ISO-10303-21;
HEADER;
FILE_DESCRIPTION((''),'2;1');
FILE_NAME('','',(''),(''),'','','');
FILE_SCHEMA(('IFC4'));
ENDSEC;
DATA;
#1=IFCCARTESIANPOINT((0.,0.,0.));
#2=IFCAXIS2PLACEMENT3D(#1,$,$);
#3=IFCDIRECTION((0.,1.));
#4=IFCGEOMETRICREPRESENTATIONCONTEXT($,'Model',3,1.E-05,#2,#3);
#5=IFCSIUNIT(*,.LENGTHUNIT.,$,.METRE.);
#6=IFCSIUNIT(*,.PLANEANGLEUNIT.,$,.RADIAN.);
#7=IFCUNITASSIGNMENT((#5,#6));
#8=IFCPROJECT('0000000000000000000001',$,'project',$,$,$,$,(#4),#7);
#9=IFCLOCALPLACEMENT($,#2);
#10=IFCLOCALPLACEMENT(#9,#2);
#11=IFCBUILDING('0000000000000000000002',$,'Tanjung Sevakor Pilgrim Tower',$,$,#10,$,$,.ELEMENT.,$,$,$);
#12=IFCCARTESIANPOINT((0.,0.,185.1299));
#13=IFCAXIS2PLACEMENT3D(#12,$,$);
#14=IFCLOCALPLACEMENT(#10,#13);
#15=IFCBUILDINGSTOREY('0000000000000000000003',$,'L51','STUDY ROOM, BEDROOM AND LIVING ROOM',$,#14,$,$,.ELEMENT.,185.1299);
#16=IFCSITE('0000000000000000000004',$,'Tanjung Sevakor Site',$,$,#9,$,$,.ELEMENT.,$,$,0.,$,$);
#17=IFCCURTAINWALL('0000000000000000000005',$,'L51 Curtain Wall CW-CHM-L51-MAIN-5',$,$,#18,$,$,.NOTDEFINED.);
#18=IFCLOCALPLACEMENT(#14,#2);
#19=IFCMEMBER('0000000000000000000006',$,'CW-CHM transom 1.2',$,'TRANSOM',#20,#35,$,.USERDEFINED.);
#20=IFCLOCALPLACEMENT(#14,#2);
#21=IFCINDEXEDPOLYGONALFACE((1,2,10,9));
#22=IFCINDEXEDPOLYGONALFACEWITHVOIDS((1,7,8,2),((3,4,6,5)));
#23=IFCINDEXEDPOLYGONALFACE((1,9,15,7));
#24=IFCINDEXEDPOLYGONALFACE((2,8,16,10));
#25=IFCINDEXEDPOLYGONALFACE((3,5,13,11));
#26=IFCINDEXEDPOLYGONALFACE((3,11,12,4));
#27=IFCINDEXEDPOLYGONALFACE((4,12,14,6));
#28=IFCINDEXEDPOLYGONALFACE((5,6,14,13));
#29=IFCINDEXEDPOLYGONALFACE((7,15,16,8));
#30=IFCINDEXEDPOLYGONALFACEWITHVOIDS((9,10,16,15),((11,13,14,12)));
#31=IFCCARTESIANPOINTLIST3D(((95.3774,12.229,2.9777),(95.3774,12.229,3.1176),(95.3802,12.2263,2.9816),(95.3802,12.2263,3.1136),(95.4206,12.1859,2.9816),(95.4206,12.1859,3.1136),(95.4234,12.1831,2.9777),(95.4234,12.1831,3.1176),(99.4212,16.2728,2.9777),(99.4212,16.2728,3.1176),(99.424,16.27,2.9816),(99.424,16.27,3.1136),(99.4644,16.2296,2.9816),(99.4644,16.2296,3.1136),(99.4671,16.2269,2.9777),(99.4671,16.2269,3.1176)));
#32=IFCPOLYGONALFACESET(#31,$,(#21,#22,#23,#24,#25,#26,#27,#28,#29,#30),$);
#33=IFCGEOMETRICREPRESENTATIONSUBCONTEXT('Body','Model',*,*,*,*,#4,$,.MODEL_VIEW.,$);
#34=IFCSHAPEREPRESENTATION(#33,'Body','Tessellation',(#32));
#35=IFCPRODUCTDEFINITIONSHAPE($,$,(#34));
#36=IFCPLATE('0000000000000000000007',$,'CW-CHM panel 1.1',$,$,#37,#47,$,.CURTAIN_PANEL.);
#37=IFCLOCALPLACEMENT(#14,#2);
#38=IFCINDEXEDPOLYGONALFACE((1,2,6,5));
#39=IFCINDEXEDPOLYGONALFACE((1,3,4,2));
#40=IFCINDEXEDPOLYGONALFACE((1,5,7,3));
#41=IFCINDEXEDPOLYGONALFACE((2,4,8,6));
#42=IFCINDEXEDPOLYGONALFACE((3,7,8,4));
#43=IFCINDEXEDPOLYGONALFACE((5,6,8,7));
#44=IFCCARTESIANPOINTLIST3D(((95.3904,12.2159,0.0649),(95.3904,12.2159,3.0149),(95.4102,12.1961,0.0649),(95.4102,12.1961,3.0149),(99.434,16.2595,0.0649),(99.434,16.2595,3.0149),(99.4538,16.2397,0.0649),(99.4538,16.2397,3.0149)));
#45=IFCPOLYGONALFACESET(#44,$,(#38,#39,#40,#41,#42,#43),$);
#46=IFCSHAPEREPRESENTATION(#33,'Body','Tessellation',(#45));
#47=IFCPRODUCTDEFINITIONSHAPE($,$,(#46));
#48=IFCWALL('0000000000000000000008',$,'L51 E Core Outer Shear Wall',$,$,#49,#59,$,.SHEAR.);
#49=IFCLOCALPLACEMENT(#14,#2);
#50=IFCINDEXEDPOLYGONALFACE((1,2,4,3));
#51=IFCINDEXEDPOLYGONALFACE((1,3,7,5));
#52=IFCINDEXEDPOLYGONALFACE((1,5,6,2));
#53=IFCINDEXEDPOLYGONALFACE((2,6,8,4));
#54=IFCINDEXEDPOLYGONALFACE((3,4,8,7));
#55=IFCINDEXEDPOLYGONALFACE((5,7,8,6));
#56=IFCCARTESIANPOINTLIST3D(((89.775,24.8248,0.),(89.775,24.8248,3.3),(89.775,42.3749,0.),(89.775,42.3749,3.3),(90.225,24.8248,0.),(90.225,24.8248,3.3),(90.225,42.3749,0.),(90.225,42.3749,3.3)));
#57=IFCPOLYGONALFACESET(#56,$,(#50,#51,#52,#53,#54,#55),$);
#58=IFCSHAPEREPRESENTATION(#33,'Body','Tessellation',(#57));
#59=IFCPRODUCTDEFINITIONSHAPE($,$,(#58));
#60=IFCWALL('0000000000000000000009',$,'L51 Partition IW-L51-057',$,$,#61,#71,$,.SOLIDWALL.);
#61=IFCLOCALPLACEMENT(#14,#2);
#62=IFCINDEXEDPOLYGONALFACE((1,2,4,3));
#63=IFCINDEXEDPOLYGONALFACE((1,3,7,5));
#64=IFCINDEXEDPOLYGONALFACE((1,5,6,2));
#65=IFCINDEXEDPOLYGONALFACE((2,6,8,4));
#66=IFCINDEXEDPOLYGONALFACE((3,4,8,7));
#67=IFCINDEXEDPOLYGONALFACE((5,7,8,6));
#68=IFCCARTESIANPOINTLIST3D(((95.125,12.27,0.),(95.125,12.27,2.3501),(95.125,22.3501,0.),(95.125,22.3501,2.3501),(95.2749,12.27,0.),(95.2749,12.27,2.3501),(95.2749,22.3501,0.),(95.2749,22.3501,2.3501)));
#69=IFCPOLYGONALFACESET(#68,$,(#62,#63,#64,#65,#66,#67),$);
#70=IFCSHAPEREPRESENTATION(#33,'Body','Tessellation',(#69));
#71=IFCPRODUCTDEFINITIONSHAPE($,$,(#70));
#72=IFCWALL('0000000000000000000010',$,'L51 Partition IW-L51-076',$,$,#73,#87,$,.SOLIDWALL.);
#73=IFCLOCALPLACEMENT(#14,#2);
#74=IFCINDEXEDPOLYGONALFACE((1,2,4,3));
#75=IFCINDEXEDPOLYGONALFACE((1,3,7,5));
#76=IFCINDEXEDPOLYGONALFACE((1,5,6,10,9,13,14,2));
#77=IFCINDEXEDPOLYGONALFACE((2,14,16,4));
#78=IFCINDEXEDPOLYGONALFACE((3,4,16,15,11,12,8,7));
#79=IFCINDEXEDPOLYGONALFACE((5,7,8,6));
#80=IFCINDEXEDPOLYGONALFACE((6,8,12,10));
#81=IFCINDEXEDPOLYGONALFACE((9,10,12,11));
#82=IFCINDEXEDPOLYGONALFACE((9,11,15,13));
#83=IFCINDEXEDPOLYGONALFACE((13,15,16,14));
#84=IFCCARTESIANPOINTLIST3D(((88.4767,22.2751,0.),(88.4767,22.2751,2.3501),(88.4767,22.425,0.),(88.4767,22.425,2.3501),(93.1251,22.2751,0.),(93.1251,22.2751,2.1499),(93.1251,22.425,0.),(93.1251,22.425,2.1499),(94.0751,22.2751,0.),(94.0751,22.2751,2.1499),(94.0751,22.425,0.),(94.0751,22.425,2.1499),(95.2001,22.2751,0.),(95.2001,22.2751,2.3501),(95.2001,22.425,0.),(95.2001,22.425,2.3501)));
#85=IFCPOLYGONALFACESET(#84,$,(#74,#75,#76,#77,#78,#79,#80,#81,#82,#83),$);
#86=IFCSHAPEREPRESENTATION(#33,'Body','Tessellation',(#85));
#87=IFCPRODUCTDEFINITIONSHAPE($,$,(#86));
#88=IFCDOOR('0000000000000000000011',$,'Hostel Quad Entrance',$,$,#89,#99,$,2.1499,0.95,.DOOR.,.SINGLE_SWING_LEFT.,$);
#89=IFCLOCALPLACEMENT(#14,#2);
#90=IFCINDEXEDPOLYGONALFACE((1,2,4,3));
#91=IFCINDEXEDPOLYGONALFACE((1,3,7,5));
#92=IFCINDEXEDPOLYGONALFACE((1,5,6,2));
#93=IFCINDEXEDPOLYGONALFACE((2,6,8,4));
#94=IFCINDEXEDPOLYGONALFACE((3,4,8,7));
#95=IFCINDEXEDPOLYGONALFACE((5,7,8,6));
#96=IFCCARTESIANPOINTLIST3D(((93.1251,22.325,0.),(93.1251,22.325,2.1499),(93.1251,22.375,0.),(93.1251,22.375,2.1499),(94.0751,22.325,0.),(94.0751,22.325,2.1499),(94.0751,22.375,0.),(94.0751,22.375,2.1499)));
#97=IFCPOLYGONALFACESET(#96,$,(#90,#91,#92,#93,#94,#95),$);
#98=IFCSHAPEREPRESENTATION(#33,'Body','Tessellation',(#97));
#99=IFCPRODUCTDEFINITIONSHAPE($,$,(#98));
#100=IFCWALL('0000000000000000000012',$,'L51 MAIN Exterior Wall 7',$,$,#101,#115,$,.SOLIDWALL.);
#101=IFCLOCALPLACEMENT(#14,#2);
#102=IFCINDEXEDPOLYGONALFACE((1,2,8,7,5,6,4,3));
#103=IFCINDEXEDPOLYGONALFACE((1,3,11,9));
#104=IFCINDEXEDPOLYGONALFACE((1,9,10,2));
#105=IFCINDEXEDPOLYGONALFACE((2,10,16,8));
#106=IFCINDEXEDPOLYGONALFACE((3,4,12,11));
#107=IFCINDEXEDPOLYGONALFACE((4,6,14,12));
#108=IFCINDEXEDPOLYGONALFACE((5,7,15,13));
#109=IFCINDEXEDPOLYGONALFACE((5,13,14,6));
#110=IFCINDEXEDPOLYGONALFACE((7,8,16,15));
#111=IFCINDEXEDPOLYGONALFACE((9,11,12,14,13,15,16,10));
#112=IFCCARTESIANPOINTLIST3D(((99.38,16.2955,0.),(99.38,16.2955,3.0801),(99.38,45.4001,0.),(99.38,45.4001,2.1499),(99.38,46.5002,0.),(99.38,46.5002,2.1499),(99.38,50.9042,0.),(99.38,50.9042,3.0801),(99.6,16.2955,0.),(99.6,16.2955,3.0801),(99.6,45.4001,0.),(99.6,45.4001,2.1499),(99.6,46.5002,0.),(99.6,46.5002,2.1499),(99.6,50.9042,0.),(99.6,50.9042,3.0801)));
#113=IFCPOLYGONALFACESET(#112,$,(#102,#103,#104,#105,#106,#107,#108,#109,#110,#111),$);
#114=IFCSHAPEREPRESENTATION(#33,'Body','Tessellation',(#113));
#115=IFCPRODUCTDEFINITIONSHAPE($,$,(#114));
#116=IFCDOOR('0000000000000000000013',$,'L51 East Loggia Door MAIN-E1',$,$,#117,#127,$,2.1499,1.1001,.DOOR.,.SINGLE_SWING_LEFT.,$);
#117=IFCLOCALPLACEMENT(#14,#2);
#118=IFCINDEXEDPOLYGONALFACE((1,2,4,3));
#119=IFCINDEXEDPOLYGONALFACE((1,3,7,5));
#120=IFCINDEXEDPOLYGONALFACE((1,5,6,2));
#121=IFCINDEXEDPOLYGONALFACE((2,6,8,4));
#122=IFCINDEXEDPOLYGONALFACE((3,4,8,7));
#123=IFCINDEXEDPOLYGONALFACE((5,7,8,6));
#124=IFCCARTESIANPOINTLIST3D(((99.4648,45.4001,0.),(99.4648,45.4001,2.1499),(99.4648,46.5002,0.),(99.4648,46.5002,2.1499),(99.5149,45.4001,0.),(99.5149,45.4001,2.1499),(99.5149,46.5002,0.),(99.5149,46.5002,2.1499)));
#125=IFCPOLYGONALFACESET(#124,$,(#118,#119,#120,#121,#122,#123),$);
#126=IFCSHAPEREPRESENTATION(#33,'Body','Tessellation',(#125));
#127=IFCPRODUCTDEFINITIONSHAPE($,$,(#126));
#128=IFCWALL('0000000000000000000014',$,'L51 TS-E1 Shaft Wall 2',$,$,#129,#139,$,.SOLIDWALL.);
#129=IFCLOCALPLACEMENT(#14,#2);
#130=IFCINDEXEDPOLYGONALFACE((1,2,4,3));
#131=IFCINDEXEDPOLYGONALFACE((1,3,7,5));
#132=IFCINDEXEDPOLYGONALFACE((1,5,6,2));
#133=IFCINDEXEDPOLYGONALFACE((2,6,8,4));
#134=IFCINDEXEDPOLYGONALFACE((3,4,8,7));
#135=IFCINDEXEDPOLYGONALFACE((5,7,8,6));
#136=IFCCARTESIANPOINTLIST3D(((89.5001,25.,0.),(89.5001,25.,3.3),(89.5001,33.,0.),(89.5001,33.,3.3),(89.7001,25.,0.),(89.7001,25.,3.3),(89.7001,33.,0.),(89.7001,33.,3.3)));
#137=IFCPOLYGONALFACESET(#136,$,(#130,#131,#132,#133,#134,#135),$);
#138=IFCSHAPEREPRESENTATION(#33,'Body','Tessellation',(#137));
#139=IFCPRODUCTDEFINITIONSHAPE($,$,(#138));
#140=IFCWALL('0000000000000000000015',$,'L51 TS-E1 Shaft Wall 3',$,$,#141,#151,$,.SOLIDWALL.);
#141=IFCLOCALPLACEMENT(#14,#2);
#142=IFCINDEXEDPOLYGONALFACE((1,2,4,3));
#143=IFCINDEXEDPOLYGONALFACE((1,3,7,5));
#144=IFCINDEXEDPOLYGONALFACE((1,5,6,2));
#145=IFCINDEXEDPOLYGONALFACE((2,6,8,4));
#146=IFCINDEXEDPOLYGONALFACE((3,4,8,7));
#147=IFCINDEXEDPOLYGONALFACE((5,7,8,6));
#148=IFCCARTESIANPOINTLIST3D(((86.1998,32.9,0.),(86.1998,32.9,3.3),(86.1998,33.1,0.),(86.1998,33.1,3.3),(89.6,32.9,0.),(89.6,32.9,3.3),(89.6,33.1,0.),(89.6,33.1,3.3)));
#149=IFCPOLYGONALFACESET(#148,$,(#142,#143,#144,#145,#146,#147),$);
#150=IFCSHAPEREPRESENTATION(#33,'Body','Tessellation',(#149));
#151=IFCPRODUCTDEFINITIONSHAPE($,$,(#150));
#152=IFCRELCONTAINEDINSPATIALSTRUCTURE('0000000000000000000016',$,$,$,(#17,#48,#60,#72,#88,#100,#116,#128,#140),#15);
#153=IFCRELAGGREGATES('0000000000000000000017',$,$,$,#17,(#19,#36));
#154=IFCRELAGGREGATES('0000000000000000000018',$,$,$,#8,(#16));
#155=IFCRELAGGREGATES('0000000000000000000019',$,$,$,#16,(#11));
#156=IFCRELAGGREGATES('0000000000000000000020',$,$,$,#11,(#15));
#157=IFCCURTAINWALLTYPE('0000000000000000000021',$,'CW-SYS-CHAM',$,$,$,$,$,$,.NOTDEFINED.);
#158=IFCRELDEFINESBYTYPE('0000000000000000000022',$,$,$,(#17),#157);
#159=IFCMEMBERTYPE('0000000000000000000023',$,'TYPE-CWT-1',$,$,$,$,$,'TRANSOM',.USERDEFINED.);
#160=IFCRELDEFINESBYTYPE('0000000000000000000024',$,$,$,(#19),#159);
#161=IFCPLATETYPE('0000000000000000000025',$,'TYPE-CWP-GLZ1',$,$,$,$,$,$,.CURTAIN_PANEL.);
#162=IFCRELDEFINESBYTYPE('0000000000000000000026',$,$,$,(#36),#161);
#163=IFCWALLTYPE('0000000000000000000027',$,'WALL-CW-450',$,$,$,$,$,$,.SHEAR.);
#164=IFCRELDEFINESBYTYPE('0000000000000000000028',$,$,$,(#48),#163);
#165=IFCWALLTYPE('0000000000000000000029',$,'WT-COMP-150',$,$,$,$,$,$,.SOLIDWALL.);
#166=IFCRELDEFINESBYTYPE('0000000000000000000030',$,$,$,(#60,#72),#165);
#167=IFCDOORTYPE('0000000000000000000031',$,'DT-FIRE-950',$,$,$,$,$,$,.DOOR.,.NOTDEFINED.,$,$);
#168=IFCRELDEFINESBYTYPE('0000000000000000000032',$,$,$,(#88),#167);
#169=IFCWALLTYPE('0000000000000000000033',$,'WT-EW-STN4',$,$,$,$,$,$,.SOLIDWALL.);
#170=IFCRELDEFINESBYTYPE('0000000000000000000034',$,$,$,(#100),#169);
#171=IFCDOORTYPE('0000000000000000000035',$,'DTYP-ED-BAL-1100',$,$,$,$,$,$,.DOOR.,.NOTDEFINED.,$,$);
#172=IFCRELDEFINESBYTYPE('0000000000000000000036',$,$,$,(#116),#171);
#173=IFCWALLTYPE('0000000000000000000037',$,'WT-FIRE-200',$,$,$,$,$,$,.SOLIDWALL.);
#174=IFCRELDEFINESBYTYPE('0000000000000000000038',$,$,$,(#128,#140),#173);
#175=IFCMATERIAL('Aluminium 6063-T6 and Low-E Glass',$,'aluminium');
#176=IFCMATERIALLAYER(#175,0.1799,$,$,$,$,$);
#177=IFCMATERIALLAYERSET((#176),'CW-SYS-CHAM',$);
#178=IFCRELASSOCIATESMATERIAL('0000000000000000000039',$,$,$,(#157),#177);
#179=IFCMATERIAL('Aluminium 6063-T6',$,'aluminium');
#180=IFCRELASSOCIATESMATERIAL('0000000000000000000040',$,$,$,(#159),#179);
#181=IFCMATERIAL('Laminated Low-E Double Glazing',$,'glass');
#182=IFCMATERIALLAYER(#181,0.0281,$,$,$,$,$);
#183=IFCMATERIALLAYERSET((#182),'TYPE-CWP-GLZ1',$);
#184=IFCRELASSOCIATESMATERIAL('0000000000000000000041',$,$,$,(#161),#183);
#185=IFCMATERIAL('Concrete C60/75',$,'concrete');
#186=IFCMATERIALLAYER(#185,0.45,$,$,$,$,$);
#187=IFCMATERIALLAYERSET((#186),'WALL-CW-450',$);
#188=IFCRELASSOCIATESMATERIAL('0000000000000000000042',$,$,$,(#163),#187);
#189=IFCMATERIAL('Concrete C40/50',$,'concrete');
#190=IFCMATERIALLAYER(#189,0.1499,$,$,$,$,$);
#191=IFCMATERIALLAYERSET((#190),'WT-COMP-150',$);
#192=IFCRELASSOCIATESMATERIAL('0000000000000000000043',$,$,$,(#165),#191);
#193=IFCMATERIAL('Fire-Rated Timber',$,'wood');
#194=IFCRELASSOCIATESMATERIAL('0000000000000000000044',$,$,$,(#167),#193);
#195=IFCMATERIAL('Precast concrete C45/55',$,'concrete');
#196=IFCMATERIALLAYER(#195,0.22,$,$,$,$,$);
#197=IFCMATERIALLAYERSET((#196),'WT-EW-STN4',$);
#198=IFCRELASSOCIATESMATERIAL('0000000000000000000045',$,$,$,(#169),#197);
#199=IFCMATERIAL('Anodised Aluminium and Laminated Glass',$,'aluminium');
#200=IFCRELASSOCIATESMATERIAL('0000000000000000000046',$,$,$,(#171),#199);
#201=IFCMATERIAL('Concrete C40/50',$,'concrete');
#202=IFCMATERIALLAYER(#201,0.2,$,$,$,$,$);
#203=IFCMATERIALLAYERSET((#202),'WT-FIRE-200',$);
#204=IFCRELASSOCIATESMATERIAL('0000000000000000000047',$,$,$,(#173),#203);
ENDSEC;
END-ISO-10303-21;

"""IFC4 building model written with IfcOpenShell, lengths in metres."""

from ifc_helpers import new_model, si_unit, direction, frame, frame_2d, origin, origin_2d, place, context, subcontext, project, spatial, rectangle, hollow_rectangle, extrude, material, layer, layer_set, material_profile, profile_set, type_object, element, fill, aggregate, save


model = new_model("IFC4")

# Units and contexts
model_context = context("Model", 3, precision=1e-05, world=origin(), true_north=direction((0.0, 1.0)))
body_context = subcontext(model_context, "Body", "Model", "MODEL_VIEW")
ifc_project = project(units=[si_unit("LENGTHUNIT", "METRE"), si_unit("PLANEANGLEUNIT", "RADIAN")], contexts=[model_context])

# Site, building, storey
site_placement = place(None, origin())
site = spatial("IfcSite", under=ifc_project, at=site_placement, Name="Tanjung Sevakor Site", CompositionType="ELEMENT", RefElevation=0.0)
building_placement = place(site_placement, origin())
building = spatial("IfcBuilding", under=site, at=building_placement, Name="Tanjung Sevakor Pilgrim Tower", CompositionType="ELEMENT")
storey_placement = place(building_placement, frame((0.0, 0.0, 185.1299)))
storey = spatial("IfcBuildingStorey", under=building, at=storey_placement, Name="L51", Description="STUDY ROOM, BEDROOM AND LIVING ROOM", CompositionType="ELEMENT", Elevation=185.1299)

# Curtain wall, member, plate
ifc_material_1 = material(Name="Aluminium 6063-T6 and Low-E Glass", Category="aluminium")
ifc_layer_1 = layer(ifc_material_1, 0.1799)
ifc_layer_set_1 = layer_set([ifc_layer_1], Name="CW-SYS-CHAM")
curtain_wall_type = type_object("IfcCurtainWallType", Name="CW-SYS-CHAM", PredefinedType="NOTDEFINED", material=ifc_layer_set_1)
curtain_wall_placement = place(storey_placement, origin())
curtain_wall = element("IfcCurtainWall", 1, at=curtain_wall_placement, inside=storey, type_object=curtain_wall_type, Name="L51 Curtain Wall CW-CHM-L51-MAIN-5", PredefinedType="NOTDEFINED")
ifc_material_2 = material(Name="Aluminium 6063-T6", Category="aluminium")
ifc_material_profile_1 = material_profile(ifc_material_2, hollow_rectangle(XDim=0.0649, YDim=0.1399, WallThickness=0.0039, at=origin_2d()))
ifc_profile_set_1 = profile_set([ifc_material_profile_1], Name="Aluminium 6063-T6")
member_type_1 = type_object("IfcMemberType", Name="TYPE-CWT-1", ElementType="TRANSOM", PredefinedType="USERDEFINED", material=ifc_profile_set_1)
member_1_placement = place(storey_placement, frame((95.4004, 12.2061, 3.0476), z_axis=(0.707107, 0.707107, 0.0), x_axis=(-0.707107, 0.707107, 0.0)))
member_1 = element("IfcMember", 2, at=member_1_placement, type_object=member_type_1, Name="CW-CHM transom 1.2", ObjectType="TRANSOM", PredefinedType="USERDEFINED", context=body_context, shape_type="SweptSolid", body=[
    extrude(hollow_rectangle(XDim=0.0649, YDim=0.1399, WallThickness=0.0039, at=origin_2d()), origin(), (0.0, 0.0, 1.0), 5.7188),
])
ifc_material_3 = material(Name="Laminated Low-E Double Glazing", Category="glass")
ifc_layer_2 = layer(ifc_material_3, 0.0281)
ifc_layer_set_2 = layer_set([ifc_layer_2], Name="TYPE-CWP-GLZ1")
plate_type = type_object("IfcPlateType", Name="TYPE-CWP-GLZ1", PredefinedType="CURTAIN_PANEL", material=ifc_layer_set_2)
plate_placement = place(storey_placement, frame((97.4221, 14.2278, 0.0649), z_axis=(0.0, 0.0, 1.0), x_axis=(0.707107, 0.707107, 0.0)))
plate = element("IfcPlate", 3, at=plate_placement, type_object=plate_type, Name="CW-CHM panel 1.1", PredefinedType="CURTAIN_PANEL", context=body_context, shape_type="SweptSolid", body=[
    extrude(rectangle(XDim=5.7185, YDim=0.0281, at=origin_2d()), origin(), (0.0, 0.0, 1.0), 2.95),
])
aggregate(curtain_wall, [member_1, plate])

# Walls
ifc_material_4 = material(Name="Concrete C60/75", Category="concrete")
ifc_layer_3 = layer(ifc_material_4, 0.45)
ifc_layer_set_3 = layer_set([ifc_layer_3], Name="WALL-CW-450")
wall_type_1 = type_object("IfcWallType", Name="WALL-CW-450", PredefinedType="SHEAR", material=ifc_layer_set_3)
wall_1_placement = place(storey_placement, frame((90.0, 24.825, 0.0), z_axis=(0.0, 0.0, 1.0), x_axis=(0.0, 1.0, 0.0)))
element("IfcWall", 4, at=wall_1_placement, inside=storey, type_object=wall_type_1, Name="L51 E Core Outer Shear Wall", PredefinedType="SHEAR", context=body_context, shape_type="SweptSolid", body=[
    extrude(rectangle(XDim=17.55, YDim=0.45, at=frame_2d((8.7749, 0.0))), origin(), (0.0, 0.0, 1.0), 3.3),
])
ifc_material_5 = material(Name="Concrete C40/50", Category="concrete")
ifc_layer_4 = layer(ifc_material_5, 0.1499)
ifc_layer_set_4 = layer_set([ifc_layer_4], Name="WT-COMP-150")
wall_type_2 = type_object("IfcWallType", Name="WT-COMP-150", PredefinedType="SOLIDWALL", material=ifc_layer_set_4)
wall_2_placement = place(storey_placement, frame((95.2, 12.27, 0.0), z_axis=(0.0, 0.0, 1.0), x_axis=(0.0, 1.0, 0.0)))
element("IfcWall", 5, at=wall_2_placement, inside=storey, type_object=wall_type_2, Name="L51 Partition IW-L51-057", PredefinedType="SOLIDWALL", context=body_context, shape_type="SweptSolid", body=[
    extrude(rectangle(XDim=10.0801, YDim=0.1499, at=frame_2d((5.04, 0.0))), origin(), (0.0, 0.0, 1.0), 2.3501),
])

# Walls, openings, doors
wall_3_placement = place(storey_placement, frame((88.4766, 22.3501, 0.0), z_axis=(0.0, 0.0, 1.0), x_axis=(1.0, 0.0, 0.0)))
wall_3 = element("IfcWall", 6, at=wall_3_placement, inside=storey, type_object=wall_type_2, Name="L51 Partition IW-L51-076", PredefinedType="SOLIDWALL", context=body_context, shape_type="SweptSolid", body=[
    extrude(rectangle(XDim=6.7234, YDim=0.1499, at=frame_2d((3.3618, 0.0))), origin(), (0.0, 0.0, 1.0), 2.3501),
])
opening_1_placement = place(wall_3_placement, frame((4.6484, 0.0, 0.0)))
opening_1 = element("IfcOpeningElement", 7, at=opening_1_placement, cuts=wall_3, PredefinedType="OPENING", context=body_context, shape_type="SweptSolid", body=[
    extrude(rectangle(XDim=0.95, YDim=2.1499, at=frame_2d((0.4751, 1.075))), frame((0.0, 0.085, 0.0), z_axis=(0.0, -1.0, 0.0), x_axis=(1.0, 0.0, 0.0)), (0.0, 0.0, 1.0), 0.1699),
])
ifc_material_6 = material(Name="Fire-Rated Timber", Category="wood")
door_type_1 = type_object("IfcDoorType", Name="DT-FIRE-950", OperationType="NOTDEFINED", PredefinedType="DOOR", material=ifc_material_6)
door_1_placement = place(opening_1_placement, origin())
door_1 = element("IfcDoor", 8, at=door_1_placement, inside=storey, type_object=door_type_1, Name="Hostel Quad Entrance", OperationType="SINGLE_SWING_LEFT", OverallHeight=2.1499, OverallWidth=0.95, PredefinedType="DOOR", context=body_context, shape_type="SweptSolid", body=[
    extrude(rectangle(XDim=0.95, YDim=2.1499, at=frame_2d((0.4751, 1.075))), frame((0.0, 0.0249, 0.0), z_axis=(0.0, -1.0, 0.0), x_axis=(1.0, 0.0, 0.0)), (0.0, 0.0, 1.0), 0.05),
])
fill(opening_1, door_1)
ifc_material_7 = material(Name="Precast concrete C45/55", Category="concrete")
ifc_layer_5 = layer(ifc_material_7, 0.22)
ifc_layer_set_5 = layer_set([ifc_layer_5], Name="WT-EW-STN4")
wall_type_3 = type_object("IfcWallType", Name="WT-EW-STN4", PredefinedType="SOLIDWALL", material=ifc_layer_set_5)
wall_4_placement = place(storey_placement, frame((99.49, 16.2957, 0.0), z_axis=(0.0, 0.0, 1.0), x_axis=(0.0, 1.0, 0.0)))
wall_4 = element("IfcWall", 9, at=wall_4_placement, inside=storey, type_object=wall_type_3, Name="L51 MAIN Exterior Wall 7", PredefinedType="SOLIDWALL", context=body_context, shape_type="SweptSolid", body=[
    extrude(rectangle(XDim=34.6086, YDim=0.22, at=frame_2d((17.3042, 0.0))), origin(), (0.0, 0.0, 1.0), 3.0801),
])
opening_2_placement = place(wall_4_placement, frame((29.1045, 0.0, 0.0)))
opening_2 = element("IfcOpeningElement", 10, at=opening_2_placement, cuts=wall_4, PredefinedType="OPENING", context=body_context, shape_type="SweptSolid", body=[
    extrude(rectangle(XDim=1.1001, YDim=2.1499, at=frame_2d((0.55, 1.075))), frame((0.0, 0.1199, 0.0), z_axis=(0.0, -1.0, 0.0), x_axis=(1.0, 0.0, 0.0)), (0.0, 0.0, 1.0), 0.24),
])
ifc_material_8 = material(Name="Anodised Aluminium and Laminated Glass", Category="aluminium")
door_type_2 = type_object("IfcDoorType", Name="DTYP-ED-BAL-1100", OperationType="NOTDEFINED", PredefinedType="DOOR", material=ifc_material_8)
door_2_placement = place(opening_2_placement, frame((1.1001, 0.0, 0.0), z_axis=(0.0, 0.0, 1.0), x_axis=(-1.0, 0.0, 0.0)))
door_2 = element("IfcDoor", 11, at=door_2_placement, inside=storey, type_object=door_type_2, Name="L51 East Loggia Door MAIN-E1", OperationType="SINGLE_SWING_LEFT", OverallHeight=2.1499, OverallWidth=1.1001, PredefinedType="DOOR", context=body_context, shape_type="SweptSolid", body=[
    extrude(rectangle(XDim=1.1001, YDim=2.1499, at=frame_2d((0.55, 1.075))), frame((0.0, 0.0249, 0.0), z_axis=(0.0, -1.0, 0.0), x_axis=(1.0, 0.0, 0.0)), (0.0, 0.0, 1.0), 0.05),
])
fill(opening_2, door_2)

# Walls
ifc_material_9 = material(Name="Concrete C40/50", Category="concrete")
ifc_layer_6 = layer(ifc_material_9, 0.2)
ifc_layer_set_6 = layer_set([ifc_layer_6], Name="WT-FIRE-200")
wall_type_4 = type_object("IfcWallType", Name="WT-FIRE-200", PredefinedType="SOLIDWALL", material=ifc_layer_set_6)
wall_5_placement = place(storey_placement, frame((89.6001, 25.0, 0.0), z_axis=(0.0, 0.0, 1.0), x_axis=(0.0, 1.0, 0.0)))
element("IfcWall", 12, at=wall_5_placement, inside=storey, type_object=wall_type_4, Name="L51 TS-E1 Shaft Wall 2", PredefinedType="SOLIDWALL", context=body_context, shape_type="SweptSolid", body=[
    extrude(rectangle(XDim=8.0, YDim=0.2, at=frame_2d((4.0, 0.0))), origin(), (0.0, 0.0, 1.0), 3.3),
])
wall_6_placement = place(storey_placement, frame((89.6001, 33.0, 0.0), z_axis=(0.0, 0.0, 1.0), x_axis=(-1.0, 0.0, 0.0)))
element("IfcWall", 13, at=wall_6_placement, inside=storey, type_object=wall_type_4, Name="L51 TS-E1 Shaft Wall 3", PredefinedType="SOLIDWALL", context=body_context, shape_type="SweptSolid", body=[
    extrude(rectangle(XDim=3.4001, YDim=0.2, at=frame_2d((1.7002, 0.0))), origin(), (0.0, 0.0, 1.0), 3.3),
])

save(model, "model.ifc")
